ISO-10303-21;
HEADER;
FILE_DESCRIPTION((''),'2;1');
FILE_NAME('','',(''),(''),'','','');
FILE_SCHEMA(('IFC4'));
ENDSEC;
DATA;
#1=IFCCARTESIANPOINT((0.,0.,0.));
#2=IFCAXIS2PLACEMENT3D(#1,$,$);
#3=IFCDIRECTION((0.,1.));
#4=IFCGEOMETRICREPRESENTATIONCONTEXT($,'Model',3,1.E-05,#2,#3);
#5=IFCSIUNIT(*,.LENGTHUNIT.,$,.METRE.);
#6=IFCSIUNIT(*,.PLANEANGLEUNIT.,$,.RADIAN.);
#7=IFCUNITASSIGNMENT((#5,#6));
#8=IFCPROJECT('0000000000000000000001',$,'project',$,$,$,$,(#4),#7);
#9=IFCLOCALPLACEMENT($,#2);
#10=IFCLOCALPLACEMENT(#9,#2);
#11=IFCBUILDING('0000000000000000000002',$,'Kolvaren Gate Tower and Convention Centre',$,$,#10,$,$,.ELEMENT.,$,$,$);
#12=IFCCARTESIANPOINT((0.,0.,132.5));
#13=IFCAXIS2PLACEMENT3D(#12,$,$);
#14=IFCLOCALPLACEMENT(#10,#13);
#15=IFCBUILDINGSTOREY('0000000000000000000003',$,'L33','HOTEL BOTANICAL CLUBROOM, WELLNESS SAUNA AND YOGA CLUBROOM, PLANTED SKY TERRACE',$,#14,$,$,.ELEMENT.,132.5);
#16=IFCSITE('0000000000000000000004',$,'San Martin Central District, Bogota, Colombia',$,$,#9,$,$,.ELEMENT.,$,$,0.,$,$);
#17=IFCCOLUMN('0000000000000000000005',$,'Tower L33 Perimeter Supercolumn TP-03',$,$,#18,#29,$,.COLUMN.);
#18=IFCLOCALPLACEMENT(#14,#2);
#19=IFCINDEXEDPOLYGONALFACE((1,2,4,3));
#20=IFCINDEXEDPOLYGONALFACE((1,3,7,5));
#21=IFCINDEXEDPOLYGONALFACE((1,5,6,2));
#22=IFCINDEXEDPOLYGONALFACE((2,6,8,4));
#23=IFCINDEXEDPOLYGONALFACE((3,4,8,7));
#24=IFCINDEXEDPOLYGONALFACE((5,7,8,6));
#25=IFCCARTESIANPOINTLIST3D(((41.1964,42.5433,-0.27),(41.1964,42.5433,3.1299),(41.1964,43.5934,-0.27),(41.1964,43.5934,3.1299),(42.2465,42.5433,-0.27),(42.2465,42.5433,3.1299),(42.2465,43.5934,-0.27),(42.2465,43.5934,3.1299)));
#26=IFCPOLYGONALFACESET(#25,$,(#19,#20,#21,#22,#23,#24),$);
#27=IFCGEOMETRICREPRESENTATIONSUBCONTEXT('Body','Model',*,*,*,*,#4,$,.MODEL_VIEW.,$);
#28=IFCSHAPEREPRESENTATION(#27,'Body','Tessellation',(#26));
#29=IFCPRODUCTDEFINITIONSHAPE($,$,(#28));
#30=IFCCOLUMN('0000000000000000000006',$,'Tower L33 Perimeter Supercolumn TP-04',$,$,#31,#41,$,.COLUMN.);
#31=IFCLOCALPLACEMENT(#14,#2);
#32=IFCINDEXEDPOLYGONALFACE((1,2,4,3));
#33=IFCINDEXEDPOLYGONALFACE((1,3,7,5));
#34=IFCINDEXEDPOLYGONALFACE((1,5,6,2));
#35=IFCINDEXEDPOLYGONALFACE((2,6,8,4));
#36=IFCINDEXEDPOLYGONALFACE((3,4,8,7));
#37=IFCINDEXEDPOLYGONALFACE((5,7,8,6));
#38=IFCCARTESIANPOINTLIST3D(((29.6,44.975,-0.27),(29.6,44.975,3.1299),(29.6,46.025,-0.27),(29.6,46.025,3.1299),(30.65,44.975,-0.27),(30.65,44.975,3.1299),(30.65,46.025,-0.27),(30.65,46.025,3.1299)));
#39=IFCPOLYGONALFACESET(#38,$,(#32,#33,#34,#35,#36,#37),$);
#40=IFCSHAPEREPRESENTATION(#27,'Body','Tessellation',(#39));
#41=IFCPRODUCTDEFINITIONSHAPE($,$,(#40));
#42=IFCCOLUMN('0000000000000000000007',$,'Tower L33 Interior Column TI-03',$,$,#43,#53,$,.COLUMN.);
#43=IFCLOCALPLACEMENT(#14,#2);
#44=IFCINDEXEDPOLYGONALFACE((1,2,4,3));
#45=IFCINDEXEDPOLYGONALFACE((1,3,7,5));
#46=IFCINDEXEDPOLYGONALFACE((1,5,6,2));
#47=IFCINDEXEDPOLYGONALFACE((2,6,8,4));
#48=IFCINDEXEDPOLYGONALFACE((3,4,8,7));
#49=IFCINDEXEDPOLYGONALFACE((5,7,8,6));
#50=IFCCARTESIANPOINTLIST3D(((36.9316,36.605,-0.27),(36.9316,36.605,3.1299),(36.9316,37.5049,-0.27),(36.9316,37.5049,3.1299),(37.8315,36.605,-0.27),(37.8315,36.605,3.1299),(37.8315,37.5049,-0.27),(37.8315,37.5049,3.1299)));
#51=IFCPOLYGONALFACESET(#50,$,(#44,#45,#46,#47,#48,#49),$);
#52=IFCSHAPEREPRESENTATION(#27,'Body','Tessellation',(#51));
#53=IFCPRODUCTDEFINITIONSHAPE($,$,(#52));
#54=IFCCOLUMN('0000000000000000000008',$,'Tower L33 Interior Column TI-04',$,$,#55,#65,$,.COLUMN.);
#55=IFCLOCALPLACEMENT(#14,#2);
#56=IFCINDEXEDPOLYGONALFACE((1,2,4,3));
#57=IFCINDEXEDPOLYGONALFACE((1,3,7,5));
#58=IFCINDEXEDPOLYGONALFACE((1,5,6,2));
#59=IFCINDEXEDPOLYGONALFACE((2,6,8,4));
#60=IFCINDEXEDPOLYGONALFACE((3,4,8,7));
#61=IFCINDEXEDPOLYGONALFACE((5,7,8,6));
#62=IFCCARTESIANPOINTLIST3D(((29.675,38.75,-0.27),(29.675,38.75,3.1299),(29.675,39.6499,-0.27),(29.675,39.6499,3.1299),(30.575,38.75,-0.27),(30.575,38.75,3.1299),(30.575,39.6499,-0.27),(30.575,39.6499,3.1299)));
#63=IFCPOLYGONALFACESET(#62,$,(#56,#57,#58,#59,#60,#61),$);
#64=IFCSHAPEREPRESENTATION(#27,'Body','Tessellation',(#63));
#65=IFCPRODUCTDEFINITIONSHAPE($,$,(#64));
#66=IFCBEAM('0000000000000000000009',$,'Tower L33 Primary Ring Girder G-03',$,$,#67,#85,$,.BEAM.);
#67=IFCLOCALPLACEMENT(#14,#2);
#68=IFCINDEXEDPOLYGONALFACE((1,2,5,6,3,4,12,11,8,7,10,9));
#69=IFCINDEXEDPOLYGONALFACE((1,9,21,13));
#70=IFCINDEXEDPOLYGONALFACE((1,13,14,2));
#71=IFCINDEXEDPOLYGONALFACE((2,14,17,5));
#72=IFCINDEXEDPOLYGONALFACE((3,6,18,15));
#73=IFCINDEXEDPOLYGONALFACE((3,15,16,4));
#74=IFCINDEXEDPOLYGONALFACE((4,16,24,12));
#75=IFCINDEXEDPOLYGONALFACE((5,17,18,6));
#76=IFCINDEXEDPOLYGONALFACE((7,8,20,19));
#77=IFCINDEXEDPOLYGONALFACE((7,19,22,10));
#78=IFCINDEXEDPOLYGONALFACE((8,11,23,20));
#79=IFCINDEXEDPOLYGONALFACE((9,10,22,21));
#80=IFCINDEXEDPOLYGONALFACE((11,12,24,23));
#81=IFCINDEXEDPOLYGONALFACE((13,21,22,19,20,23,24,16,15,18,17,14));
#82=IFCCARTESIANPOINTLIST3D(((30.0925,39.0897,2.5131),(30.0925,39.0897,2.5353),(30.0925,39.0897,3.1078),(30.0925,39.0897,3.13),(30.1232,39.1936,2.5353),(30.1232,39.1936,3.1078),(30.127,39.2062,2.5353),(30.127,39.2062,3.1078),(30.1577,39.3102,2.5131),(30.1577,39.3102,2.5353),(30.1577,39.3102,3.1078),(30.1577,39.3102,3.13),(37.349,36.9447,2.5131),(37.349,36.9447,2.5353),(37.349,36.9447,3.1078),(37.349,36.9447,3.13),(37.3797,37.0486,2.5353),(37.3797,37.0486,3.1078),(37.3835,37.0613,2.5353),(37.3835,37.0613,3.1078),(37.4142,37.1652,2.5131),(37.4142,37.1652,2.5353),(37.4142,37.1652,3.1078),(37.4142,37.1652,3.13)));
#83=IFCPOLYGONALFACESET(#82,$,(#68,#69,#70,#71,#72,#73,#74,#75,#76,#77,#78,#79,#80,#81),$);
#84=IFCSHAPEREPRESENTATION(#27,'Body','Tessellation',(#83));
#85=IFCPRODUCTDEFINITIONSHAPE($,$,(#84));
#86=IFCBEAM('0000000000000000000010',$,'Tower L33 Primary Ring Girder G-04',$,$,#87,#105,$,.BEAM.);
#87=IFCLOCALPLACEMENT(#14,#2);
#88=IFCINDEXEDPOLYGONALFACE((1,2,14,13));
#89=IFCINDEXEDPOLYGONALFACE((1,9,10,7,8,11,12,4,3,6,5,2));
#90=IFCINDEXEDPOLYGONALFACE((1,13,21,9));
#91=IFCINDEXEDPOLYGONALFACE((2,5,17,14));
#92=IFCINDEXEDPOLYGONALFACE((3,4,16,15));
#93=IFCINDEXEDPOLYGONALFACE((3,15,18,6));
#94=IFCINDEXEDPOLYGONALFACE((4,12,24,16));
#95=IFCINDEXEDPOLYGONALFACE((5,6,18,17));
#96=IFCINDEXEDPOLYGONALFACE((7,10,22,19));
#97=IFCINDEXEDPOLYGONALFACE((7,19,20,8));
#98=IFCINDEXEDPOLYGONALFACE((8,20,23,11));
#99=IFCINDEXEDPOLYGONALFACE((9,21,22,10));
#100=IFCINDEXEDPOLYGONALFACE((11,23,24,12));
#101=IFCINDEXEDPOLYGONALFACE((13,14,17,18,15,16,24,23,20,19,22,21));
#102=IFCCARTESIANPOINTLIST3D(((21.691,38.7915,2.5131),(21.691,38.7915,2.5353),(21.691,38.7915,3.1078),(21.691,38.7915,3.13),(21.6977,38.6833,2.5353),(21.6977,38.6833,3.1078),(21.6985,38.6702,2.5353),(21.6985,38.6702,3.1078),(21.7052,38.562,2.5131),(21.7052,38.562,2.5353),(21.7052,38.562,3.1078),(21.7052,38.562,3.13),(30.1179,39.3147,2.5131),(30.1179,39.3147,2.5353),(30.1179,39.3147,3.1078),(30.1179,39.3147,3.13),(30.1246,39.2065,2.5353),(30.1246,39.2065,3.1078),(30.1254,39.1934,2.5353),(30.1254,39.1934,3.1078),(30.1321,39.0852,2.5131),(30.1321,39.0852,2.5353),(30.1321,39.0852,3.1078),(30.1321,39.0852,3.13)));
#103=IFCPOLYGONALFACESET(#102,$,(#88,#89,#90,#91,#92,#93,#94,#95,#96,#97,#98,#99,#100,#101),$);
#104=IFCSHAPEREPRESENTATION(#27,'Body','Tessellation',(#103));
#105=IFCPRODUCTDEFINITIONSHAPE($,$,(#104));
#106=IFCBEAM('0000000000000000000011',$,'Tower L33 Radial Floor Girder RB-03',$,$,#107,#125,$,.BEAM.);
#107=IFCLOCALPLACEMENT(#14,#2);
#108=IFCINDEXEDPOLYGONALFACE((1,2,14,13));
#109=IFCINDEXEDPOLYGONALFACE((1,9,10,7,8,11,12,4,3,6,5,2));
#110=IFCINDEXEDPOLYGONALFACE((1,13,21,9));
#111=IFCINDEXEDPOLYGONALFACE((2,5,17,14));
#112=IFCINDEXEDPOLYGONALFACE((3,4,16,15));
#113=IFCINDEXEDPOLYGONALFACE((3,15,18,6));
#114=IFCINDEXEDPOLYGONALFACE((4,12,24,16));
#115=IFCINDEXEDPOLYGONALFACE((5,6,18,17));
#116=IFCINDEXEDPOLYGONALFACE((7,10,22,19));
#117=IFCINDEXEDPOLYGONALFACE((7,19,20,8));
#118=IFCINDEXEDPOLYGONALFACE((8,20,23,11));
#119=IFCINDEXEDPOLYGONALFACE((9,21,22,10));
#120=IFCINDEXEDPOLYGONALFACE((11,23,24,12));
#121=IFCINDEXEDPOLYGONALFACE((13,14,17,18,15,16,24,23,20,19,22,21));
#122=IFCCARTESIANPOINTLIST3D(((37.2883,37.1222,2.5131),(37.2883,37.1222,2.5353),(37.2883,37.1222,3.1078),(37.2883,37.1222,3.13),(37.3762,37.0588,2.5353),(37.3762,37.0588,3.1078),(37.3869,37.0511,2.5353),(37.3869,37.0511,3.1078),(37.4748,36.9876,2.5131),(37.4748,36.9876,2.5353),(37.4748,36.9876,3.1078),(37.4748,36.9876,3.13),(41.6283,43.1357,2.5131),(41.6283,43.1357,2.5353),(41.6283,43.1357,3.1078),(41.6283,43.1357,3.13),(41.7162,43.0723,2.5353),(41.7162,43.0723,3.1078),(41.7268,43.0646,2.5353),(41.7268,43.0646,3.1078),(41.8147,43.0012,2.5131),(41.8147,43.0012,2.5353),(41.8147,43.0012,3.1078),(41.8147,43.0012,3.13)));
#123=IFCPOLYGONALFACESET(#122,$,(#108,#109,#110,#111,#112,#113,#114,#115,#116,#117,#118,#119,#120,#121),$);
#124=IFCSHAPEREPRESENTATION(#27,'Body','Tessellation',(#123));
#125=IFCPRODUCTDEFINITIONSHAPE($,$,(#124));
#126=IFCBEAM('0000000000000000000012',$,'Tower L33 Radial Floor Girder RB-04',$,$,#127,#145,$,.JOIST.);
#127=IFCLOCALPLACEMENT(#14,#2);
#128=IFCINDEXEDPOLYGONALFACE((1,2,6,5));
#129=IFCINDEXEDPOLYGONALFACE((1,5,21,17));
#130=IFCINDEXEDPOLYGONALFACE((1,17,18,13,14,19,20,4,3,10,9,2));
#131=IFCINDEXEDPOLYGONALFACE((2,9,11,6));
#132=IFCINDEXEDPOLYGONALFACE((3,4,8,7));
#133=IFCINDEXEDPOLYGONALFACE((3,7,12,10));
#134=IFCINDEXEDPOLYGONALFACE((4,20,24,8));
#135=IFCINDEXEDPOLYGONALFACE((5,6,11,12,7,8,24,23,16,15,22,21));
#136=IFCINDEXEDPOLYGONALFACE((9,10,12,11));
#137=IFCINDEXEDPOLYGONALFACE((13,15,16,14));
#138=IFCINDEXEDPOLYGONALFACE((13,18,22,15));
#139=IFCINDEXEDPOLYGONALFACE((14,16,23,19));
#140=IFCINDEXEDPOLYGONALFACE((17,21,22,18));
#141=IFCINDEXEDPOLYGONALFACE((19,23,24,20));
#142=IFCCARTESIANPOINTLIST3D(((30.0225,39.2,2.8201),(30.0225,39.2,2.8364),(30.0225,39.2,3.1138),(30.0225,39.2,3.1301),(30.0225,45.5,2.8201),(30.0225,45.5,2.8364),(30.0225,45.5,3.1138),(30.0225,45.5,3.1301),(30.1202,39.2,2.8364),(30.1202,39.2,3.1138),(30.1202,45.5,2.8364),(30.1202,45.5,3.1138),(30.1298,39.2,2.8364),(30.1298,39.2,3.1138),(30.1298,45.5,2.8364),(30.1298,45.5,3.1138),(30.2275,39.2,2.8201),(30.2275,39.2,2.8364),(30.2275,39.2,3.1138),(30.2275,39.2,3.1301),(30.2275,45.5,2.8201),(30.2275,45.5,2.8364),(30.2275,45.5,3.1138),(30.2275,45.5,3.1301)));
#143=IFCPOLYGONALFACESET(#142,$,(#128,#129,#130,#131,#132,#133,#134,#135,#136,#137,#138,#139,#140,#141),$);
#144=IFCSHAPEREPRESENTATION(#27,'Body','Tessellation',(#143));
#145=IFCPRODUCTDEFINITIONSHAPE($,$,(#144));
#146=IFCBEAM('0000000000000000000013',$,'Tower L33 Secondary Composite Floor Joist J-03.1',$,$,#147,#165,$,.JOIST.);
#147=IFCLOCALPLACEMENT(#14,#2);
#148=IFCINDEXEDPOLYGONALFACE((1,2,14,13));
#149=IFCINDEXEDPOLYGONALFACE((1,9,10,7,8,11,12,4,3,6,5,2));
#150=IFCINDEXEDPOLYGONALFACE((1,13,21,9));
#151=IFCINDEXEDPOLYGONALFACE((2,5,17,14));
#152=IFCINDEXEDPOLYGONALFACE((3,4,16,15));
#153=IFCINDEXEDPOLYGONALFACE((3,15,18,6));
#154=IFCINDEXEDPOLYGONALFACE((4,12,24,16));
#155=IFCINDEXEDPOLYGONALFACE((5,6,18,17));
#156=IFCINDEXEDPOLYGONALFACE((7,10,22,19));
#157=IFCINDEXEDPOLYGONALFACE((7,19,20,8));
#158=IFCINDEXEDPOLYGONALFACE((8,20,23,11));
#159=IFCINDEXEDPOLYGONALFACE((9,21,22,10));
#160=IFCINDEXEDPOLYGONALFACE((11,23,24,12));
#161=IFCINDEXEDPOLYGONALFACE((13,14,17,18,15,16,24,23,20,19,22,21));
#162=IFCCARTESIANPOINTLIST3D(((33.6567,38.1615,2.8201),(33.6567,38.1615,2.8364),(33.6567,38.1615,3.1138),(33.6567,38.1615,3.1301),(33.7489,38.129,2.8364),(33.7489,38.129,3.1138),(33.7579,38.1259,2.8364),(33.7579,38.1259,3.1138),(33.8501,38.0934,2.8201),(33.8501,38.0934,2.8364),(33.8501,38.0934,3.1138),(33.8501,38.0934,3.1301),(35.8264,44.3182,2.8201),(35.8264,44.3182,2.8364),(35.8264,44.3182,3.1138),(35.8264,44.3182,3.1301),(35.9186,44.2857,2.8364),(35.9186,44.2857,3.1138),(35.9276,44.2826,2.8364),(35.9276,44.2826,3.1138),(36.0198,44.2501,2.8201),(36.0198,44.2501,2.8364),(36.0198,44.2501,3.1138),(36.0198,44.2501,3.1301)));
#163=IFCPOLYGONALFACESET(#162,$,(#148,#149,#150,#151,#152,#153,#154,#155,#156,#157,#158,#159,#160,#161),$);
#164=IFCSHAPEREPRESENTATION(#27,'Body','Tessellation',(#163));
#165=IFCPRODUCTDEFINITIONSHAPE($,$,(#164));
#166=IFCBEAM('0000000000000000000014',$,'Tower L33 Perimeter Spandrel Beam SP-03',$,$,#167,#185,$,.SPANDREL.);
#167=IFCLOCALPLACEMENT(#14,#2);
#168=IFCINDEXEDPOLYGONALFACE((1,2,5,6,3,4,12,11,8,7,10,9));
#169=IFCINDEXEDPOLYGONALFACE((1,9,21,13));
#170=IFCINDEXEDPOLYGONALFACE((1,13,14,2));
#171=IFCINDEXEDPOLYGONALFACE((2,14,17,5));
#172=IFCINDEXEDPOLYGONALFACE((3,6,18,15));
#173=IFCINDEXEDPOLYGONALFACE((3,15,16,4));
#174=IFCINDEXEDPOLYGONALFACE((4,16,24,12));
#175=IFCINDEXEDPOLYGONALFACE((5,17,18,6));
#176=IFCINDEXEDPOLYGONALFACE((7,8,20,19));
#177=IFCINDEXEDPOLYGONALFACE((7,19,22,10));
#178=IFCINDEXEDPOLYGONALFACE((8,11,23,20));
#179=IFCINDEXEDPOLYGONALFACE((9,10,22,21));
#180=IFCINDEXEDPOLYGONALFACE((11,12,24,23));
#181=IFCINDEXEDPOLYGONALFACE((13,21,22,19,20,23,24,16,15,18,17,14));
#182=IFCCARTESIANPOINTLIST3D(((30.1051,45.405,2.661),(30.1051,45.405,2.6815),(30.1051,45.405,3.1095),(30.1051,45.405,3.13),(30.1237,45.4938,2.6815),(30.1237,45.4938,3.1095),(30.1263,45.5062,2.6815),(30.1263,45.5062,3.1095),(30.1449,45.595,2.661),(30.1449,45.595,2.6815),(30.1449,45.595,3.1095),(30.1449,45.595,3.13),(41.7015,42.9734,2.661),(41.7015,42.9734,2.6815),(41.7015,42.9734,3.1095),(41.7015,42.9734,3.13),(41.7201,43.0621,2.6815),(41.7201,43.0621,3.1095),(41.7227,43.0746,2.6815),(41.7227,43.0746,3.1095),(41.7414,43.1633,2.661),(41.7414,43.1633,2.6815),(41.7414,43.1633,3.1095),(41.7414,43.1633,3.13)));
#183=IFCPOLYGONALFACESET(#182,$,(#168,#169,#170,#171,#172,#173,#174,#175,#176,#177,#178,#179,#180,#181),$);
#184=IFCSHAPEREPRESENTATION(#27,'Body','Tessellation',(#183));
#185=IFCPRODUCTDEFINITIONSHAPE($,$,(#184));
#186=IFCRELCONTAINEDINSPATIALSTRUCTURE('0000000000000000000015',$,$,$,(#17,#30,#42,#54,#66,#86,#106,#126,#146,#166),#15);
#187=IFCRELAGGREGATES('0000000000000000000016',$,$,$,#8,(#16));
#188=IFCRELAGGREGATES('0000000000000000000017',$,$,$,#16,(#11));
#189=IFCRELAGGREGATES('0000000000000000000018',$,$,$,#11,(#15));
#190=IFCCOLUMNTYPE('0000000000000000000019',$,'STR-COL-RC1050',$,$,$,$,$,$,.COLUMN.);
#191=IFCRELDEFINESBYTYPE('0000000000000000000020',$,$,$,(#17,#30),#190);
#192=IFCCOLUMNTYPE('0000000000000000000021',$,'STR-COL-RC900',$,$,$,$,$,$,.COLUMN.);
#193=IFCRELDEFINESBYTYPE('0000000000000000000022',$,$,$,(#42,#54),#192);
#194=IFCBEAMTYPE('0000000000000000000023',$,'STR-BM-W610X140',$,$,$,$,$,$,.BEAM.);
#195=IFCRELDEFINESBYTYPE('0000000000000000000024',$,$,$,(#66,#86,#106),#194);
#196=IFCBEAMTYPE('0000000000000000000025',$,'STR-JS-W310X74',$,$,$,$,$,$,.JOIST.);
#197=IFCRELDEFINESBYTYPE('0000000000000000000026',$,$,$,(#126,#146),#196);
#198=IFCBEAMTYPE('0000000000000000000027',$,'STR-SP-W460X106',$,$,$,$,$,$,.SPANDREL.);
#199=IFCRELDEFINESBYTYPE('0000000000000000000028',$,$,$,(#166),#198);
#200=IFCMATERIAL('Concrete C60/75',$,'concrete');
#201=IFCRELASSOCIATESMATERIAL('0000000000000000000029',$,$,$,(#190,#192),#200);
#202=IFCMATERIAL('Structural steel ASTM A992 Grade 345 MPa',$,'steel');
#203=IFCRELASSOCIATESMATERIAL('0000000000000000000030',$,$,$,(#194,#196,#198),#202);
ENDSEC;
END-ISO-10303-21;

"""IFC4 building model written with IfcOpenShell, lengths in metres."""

from ifc_helpers import new_model, si_unit, direction, frame, origin, origin_2d, place, context, subcontext, project, spatial, rectangle, i_section, extrude, material, material_profile, profile_set, type_object, element, save


model = new_model("IFC4")

# Units and contexts
model_context = context("Model", 3, precision=1e-05, world=origin(), true_north=direction((0.0, 1.0)))
body_context = subcontext(model_context, "Body", "Model", "MODEL_VIEW")
ifc_project = project(units=[si_unit("LENGTHUNIT", "METRE"), si_unit("PLANEANGLEUNIT", "RADIAN")], contexts=[model_context])

# Site, building, storey
site_placement = place(None, origin())
site = spatial("IfcSite", under=ifc_project, at=site_placement, Name="San Martin Central District, Bogota, Colombia", CompositionType="ELEMENT", RefElevation=0.0)
building_placement = place(site_placement, origin())
building = spatial("IfcBuilding", under=site, at=building_placement, Name="Kolvaren Gate Tower and Convention Centre", CompositionType="ELEMENT")
storey_placement = place(building_placement, frame((0.0, 0.0, 132.5)))
storey = spatial("IfcBuildingStorey", under=building, at=storey_placement, Name="L33", Description="HOTEL BOTANICAL CLUBROOM, WELLNESS SAUNA AND YOGA CLUBROOM, PLANTED SKY TERRACE", CompositionType="ELEMENT", Elevation=132.5)

# Columns
ifc_material_1 = material(Name="Concrete C60/75", Category="concrete")
ifc_material_profile_1 = material_profile(ifc_material_1, rectangle(XDim=1.05, YDim=1.05, at=origin_2d()), Name="RC-COL-1050X1050")
ifc_profile_set_1 = profile_set([ifc_material_profile_1], Name="Concrete C60/75")
column_type_1 = type_object("IfcColumnType", Name="STR-COL-RC1050", PredefinedType="COLUMN", material=ifc_profile_set_1)
for number, where, z_axis, x_axis, name in (
    (1, (41.7214, 43.0684, -0.27), (0.0, 0.0, 1.0), (1.0, 0.0, 0.0), "Tower L33 Perimeter Supercolumn TP-03"),
    (2, (30.125, 45.5, -0.27), (0.0, 0.0, 1.0), (1.0, 0.0, 0.0), "Tower L33 Perimeter Supercolumn TP-04"),
):
    element("IfcColumn", number, at=place(storey_placement, frame(where, z_axis=z_axis, x_axis=x_axis)), inside=storey, type_object=column_type_1, Name=name, PredefinedType="COLUMN", context=body_context, shape_type="SweptSolid", body=[
        extrude(rectangle(XDim=1.05, YDim=1.05, at=origin_2d()), origin(), (0.0, 0.0, 1.0), 3.3999),
    ])
ifc_material_profile_2 = material_profile(ifc_material_1, rectangle(XDim=0.8999, YDim=0.8999, at=origin_2d()), Name="RC-COL-900X900")
ifc_profile_set_2 = profile_set([ifc_material_profile_2], Name="Concrete C60/75")
column_type_2 = type_object("IfcColumnType", Name="STR-COL-RC900", PredefinedType="COLUMN", material=ifc_profile_set_2)
for number, where, z_axis, x_axis, name in (
    (3, (37.3816, 37.0549, -0.27), (0.0, 0.0, 1.0), (1.0, 0.0, 0.0), "Tower L33 Interior Column TI-03"),
    (4, (30.125, 39.2, -0.27), (0.0, 0.0, 1.0), (1.0, 0.0, 0.0), "Tower L33 Interior Column TI-04"),
):
    element("IfcColumn", number, at=place(storey_placement, frame(where, z_axis=z_axis, x_axis=x_axis)), inside=storey, type_object=column_type_2, Name=name, PredefinedType="COLUMN", context=body_context, shape_type="SweptSolid", body=[
        extrude(rectangle(XDim=0.8999, YDim=0.8999, at=origin_2d()), origin(), (0.0, 0.0, 1.0), 3.3999),
    ])

# Beams
ifc_material_2 = material(Name="Structural steel ASTM A992 Grade 345 MPa", Category="steel")
ifc_material_profile_3 = material_profile(ifc_material_2, i_section(OverallWidth=0.23, OverallDepth=0.6169, WebThickness=0.0132, FlangeThickness=0.0222, at=origin_2d()), Name="W610X140")
ifc_profile_set_3 = profile_set([ifc_material_profile_3], Name="Structural steel ASTM A992 Grade 345 MPa")
beam_type_1 = type_object("IfcBeamType", Name="STR-BM-W610X140", PredefinedType="BEAM", material=ifc_profile_set_3)
beam_1_placement = place(storey_placement, frame((37.3816, 37.0549, 2.8215), z_axis=(-0.958981, 0.283471, 0.0), x_axis=(-0.283471, -0.958981, 0.0)))
element("IfcBeam", 5, at=beam_1_placement, inside=storey, type_object=beam_type_1, Name="Tower L33 Primary Ring Girder G-03", PredefinedType="BEAM", context=body_context, shape_type="SweptSolid", body=[
    extrude(i_section(OverallWidth=0.23, OverallDepth=0.6169, WebThickness=0.0132, FlangeThickness=0.0222, at=origin_2d()), origin(), (0.0, 0.0, 1.0), 7.5669),
])
beam_2_placement = place(storey_placement, frame((30.125, 39.2, 2.8215), z_axis=(-0.998078, -0.061966, 0.0), x_axis=(0.061966, -0.998078, 0.0)))
element("IfcBeam", 6, at=beam_2_placement, inside=storey, type_object=beam_type_1, Name="Tower L33 Primary Ring Girder G-04", PredefinedType="BEAM", context=body_context, shape_type="SweptSolid", body=[
    extrude(i_section(OverallWidth=0.23, OverallDepth=0.6169, WebThickness=0.0132, FlangeThickness=0.0222, at=origin_2d()), origin(), (0.0, 0.0, 1.0), 8.4431),
])
beam_3_placement = place(storey_placement, frame((37.3816, 37.0549, 2.8215), z_axis=(0.585208, 0.810883, 0.0), x_axis=(-0.810883, 0.585208, 0.0)))
element("IfcBeam", 7, at=beam_3_placement, inside=storey, type_object=beam_type_1, Name="Tower L33 Radial Floor Girder RB-03", PredefinedType="BEAM", context=body_context, shape_type="SweptSolid", body=[
    extrude(i_section(OverallWidth=0.23, OverallDepth=0.6169, WebThickness=0.0132, FlangeThickness=0.0222, at=origin_2d()), origin(), (0.0, 0.0, 1.0), 7.416),
])
ifc_material_profile_4 = material_profile(ifc_material_2, i_section(OverallWidth=0.2051, OverallDepth=0.3101, WebThickness=0.0095, FlangeThickness=0.0164, at=origin_2d()), Name="W310X74")
ifc_profile_set_4 = profile_set([ifc_material_profile_4], Name="Structural steel ASTM A992 Grade 345 MPa")
beam_type_2 = type_object("IfcBeamType", Name="STR-JS-W310X74", PredefinedType="JOIST", material=ifc_profile_set_4)
beam_4_placement = place(storey_placement, frame((30.125, 39.2, 2.9751), z_axis=(0.0, 1.0, 0.0), x_axis=(-1.0, 0.0, 0.0)))
element("IfcBeam", 8, at=beam_4_placement, inside=storey, type_object=beam_type_2, Name="Tower L33 Radial Floor Girder RB-04", PredefinedType="JOIST", context=body_context, shape_type="SweptSolid", body=[
    extrude(i_section(OverallWidth=0.2051, OverallDepth=0.3101, WebThickness=0.0095, FlangeThickness=0.0164, at=origin_2d()), origin(), (0.0, 0.0, 1.0), 6.3),
])
beam_5_placement = place(storey_placement, frame((33.7534, 38.1274, 2.9751), z_axis=(0.332372, 0.943148, 0.0), x_axis=(-0.943148, 0.332372, 0.0)))
element("IfcBeam", 9, at=beam_5_placement, inside=storey, type_object=beam_type_2, Name="Tower L33 Secondary Composite Floor Joist J-03.1", PredefinedType="JOIST", context=body_context, shape_type="SweptSolid", body=[
    extrude(i_section(OverallWidth=0.2051, OverallDepth=0.3101, WebThickness=0.0095, FlangeThickness=0.0164, at=origin_2d()), origin(), (0.0, 0.0, 1.0), 6.5278),
])
ifc_material_profile_5 = material_profile(ifc_material_2, i_section(OverallWidth=0.1941, OverallDepth=0.469, WebThickness=0.0127, FlangeThickness=0.0205, at=origin_2d()), Name="W460X106")
ifc_profile_set_5 = profile_set([ifc_material_profile_5], Name="Structural steel ASTM A992 Grade 345 MPa")
beam_type_3 = type_object("IfcBeamType", Name="STR-SP-W460X106", PredefinedType="SPANDREL", material=ifc_profile_set_5)
beam_6_placement = place(storey_placement, frame((41.7214, 43.0684, 2.8955), z_axis=(-0.978715, 0.205225, 0.0), x_axis=(-0.205225, -0.978715, 0.0)))
element("IfcBeam", 10, at=beam_6_placement, inside=storey, type_object=beam_type_3, Name="Tower L33 Perimeter Spandrel Beam SP-03", PredefinedType="SPANDREL", context=body_context, shape_type="SweptSolid", body=[
    extrude(i_section(OverallWidth=0.1941, OverallDepth=0.469, WebThickness=0.0127, FlangeThickness=0.0205, at=origin_2d()), origin(), (0.0, 0.0, 1.0), 11.8486),
])

save(model, "model.ifc")
